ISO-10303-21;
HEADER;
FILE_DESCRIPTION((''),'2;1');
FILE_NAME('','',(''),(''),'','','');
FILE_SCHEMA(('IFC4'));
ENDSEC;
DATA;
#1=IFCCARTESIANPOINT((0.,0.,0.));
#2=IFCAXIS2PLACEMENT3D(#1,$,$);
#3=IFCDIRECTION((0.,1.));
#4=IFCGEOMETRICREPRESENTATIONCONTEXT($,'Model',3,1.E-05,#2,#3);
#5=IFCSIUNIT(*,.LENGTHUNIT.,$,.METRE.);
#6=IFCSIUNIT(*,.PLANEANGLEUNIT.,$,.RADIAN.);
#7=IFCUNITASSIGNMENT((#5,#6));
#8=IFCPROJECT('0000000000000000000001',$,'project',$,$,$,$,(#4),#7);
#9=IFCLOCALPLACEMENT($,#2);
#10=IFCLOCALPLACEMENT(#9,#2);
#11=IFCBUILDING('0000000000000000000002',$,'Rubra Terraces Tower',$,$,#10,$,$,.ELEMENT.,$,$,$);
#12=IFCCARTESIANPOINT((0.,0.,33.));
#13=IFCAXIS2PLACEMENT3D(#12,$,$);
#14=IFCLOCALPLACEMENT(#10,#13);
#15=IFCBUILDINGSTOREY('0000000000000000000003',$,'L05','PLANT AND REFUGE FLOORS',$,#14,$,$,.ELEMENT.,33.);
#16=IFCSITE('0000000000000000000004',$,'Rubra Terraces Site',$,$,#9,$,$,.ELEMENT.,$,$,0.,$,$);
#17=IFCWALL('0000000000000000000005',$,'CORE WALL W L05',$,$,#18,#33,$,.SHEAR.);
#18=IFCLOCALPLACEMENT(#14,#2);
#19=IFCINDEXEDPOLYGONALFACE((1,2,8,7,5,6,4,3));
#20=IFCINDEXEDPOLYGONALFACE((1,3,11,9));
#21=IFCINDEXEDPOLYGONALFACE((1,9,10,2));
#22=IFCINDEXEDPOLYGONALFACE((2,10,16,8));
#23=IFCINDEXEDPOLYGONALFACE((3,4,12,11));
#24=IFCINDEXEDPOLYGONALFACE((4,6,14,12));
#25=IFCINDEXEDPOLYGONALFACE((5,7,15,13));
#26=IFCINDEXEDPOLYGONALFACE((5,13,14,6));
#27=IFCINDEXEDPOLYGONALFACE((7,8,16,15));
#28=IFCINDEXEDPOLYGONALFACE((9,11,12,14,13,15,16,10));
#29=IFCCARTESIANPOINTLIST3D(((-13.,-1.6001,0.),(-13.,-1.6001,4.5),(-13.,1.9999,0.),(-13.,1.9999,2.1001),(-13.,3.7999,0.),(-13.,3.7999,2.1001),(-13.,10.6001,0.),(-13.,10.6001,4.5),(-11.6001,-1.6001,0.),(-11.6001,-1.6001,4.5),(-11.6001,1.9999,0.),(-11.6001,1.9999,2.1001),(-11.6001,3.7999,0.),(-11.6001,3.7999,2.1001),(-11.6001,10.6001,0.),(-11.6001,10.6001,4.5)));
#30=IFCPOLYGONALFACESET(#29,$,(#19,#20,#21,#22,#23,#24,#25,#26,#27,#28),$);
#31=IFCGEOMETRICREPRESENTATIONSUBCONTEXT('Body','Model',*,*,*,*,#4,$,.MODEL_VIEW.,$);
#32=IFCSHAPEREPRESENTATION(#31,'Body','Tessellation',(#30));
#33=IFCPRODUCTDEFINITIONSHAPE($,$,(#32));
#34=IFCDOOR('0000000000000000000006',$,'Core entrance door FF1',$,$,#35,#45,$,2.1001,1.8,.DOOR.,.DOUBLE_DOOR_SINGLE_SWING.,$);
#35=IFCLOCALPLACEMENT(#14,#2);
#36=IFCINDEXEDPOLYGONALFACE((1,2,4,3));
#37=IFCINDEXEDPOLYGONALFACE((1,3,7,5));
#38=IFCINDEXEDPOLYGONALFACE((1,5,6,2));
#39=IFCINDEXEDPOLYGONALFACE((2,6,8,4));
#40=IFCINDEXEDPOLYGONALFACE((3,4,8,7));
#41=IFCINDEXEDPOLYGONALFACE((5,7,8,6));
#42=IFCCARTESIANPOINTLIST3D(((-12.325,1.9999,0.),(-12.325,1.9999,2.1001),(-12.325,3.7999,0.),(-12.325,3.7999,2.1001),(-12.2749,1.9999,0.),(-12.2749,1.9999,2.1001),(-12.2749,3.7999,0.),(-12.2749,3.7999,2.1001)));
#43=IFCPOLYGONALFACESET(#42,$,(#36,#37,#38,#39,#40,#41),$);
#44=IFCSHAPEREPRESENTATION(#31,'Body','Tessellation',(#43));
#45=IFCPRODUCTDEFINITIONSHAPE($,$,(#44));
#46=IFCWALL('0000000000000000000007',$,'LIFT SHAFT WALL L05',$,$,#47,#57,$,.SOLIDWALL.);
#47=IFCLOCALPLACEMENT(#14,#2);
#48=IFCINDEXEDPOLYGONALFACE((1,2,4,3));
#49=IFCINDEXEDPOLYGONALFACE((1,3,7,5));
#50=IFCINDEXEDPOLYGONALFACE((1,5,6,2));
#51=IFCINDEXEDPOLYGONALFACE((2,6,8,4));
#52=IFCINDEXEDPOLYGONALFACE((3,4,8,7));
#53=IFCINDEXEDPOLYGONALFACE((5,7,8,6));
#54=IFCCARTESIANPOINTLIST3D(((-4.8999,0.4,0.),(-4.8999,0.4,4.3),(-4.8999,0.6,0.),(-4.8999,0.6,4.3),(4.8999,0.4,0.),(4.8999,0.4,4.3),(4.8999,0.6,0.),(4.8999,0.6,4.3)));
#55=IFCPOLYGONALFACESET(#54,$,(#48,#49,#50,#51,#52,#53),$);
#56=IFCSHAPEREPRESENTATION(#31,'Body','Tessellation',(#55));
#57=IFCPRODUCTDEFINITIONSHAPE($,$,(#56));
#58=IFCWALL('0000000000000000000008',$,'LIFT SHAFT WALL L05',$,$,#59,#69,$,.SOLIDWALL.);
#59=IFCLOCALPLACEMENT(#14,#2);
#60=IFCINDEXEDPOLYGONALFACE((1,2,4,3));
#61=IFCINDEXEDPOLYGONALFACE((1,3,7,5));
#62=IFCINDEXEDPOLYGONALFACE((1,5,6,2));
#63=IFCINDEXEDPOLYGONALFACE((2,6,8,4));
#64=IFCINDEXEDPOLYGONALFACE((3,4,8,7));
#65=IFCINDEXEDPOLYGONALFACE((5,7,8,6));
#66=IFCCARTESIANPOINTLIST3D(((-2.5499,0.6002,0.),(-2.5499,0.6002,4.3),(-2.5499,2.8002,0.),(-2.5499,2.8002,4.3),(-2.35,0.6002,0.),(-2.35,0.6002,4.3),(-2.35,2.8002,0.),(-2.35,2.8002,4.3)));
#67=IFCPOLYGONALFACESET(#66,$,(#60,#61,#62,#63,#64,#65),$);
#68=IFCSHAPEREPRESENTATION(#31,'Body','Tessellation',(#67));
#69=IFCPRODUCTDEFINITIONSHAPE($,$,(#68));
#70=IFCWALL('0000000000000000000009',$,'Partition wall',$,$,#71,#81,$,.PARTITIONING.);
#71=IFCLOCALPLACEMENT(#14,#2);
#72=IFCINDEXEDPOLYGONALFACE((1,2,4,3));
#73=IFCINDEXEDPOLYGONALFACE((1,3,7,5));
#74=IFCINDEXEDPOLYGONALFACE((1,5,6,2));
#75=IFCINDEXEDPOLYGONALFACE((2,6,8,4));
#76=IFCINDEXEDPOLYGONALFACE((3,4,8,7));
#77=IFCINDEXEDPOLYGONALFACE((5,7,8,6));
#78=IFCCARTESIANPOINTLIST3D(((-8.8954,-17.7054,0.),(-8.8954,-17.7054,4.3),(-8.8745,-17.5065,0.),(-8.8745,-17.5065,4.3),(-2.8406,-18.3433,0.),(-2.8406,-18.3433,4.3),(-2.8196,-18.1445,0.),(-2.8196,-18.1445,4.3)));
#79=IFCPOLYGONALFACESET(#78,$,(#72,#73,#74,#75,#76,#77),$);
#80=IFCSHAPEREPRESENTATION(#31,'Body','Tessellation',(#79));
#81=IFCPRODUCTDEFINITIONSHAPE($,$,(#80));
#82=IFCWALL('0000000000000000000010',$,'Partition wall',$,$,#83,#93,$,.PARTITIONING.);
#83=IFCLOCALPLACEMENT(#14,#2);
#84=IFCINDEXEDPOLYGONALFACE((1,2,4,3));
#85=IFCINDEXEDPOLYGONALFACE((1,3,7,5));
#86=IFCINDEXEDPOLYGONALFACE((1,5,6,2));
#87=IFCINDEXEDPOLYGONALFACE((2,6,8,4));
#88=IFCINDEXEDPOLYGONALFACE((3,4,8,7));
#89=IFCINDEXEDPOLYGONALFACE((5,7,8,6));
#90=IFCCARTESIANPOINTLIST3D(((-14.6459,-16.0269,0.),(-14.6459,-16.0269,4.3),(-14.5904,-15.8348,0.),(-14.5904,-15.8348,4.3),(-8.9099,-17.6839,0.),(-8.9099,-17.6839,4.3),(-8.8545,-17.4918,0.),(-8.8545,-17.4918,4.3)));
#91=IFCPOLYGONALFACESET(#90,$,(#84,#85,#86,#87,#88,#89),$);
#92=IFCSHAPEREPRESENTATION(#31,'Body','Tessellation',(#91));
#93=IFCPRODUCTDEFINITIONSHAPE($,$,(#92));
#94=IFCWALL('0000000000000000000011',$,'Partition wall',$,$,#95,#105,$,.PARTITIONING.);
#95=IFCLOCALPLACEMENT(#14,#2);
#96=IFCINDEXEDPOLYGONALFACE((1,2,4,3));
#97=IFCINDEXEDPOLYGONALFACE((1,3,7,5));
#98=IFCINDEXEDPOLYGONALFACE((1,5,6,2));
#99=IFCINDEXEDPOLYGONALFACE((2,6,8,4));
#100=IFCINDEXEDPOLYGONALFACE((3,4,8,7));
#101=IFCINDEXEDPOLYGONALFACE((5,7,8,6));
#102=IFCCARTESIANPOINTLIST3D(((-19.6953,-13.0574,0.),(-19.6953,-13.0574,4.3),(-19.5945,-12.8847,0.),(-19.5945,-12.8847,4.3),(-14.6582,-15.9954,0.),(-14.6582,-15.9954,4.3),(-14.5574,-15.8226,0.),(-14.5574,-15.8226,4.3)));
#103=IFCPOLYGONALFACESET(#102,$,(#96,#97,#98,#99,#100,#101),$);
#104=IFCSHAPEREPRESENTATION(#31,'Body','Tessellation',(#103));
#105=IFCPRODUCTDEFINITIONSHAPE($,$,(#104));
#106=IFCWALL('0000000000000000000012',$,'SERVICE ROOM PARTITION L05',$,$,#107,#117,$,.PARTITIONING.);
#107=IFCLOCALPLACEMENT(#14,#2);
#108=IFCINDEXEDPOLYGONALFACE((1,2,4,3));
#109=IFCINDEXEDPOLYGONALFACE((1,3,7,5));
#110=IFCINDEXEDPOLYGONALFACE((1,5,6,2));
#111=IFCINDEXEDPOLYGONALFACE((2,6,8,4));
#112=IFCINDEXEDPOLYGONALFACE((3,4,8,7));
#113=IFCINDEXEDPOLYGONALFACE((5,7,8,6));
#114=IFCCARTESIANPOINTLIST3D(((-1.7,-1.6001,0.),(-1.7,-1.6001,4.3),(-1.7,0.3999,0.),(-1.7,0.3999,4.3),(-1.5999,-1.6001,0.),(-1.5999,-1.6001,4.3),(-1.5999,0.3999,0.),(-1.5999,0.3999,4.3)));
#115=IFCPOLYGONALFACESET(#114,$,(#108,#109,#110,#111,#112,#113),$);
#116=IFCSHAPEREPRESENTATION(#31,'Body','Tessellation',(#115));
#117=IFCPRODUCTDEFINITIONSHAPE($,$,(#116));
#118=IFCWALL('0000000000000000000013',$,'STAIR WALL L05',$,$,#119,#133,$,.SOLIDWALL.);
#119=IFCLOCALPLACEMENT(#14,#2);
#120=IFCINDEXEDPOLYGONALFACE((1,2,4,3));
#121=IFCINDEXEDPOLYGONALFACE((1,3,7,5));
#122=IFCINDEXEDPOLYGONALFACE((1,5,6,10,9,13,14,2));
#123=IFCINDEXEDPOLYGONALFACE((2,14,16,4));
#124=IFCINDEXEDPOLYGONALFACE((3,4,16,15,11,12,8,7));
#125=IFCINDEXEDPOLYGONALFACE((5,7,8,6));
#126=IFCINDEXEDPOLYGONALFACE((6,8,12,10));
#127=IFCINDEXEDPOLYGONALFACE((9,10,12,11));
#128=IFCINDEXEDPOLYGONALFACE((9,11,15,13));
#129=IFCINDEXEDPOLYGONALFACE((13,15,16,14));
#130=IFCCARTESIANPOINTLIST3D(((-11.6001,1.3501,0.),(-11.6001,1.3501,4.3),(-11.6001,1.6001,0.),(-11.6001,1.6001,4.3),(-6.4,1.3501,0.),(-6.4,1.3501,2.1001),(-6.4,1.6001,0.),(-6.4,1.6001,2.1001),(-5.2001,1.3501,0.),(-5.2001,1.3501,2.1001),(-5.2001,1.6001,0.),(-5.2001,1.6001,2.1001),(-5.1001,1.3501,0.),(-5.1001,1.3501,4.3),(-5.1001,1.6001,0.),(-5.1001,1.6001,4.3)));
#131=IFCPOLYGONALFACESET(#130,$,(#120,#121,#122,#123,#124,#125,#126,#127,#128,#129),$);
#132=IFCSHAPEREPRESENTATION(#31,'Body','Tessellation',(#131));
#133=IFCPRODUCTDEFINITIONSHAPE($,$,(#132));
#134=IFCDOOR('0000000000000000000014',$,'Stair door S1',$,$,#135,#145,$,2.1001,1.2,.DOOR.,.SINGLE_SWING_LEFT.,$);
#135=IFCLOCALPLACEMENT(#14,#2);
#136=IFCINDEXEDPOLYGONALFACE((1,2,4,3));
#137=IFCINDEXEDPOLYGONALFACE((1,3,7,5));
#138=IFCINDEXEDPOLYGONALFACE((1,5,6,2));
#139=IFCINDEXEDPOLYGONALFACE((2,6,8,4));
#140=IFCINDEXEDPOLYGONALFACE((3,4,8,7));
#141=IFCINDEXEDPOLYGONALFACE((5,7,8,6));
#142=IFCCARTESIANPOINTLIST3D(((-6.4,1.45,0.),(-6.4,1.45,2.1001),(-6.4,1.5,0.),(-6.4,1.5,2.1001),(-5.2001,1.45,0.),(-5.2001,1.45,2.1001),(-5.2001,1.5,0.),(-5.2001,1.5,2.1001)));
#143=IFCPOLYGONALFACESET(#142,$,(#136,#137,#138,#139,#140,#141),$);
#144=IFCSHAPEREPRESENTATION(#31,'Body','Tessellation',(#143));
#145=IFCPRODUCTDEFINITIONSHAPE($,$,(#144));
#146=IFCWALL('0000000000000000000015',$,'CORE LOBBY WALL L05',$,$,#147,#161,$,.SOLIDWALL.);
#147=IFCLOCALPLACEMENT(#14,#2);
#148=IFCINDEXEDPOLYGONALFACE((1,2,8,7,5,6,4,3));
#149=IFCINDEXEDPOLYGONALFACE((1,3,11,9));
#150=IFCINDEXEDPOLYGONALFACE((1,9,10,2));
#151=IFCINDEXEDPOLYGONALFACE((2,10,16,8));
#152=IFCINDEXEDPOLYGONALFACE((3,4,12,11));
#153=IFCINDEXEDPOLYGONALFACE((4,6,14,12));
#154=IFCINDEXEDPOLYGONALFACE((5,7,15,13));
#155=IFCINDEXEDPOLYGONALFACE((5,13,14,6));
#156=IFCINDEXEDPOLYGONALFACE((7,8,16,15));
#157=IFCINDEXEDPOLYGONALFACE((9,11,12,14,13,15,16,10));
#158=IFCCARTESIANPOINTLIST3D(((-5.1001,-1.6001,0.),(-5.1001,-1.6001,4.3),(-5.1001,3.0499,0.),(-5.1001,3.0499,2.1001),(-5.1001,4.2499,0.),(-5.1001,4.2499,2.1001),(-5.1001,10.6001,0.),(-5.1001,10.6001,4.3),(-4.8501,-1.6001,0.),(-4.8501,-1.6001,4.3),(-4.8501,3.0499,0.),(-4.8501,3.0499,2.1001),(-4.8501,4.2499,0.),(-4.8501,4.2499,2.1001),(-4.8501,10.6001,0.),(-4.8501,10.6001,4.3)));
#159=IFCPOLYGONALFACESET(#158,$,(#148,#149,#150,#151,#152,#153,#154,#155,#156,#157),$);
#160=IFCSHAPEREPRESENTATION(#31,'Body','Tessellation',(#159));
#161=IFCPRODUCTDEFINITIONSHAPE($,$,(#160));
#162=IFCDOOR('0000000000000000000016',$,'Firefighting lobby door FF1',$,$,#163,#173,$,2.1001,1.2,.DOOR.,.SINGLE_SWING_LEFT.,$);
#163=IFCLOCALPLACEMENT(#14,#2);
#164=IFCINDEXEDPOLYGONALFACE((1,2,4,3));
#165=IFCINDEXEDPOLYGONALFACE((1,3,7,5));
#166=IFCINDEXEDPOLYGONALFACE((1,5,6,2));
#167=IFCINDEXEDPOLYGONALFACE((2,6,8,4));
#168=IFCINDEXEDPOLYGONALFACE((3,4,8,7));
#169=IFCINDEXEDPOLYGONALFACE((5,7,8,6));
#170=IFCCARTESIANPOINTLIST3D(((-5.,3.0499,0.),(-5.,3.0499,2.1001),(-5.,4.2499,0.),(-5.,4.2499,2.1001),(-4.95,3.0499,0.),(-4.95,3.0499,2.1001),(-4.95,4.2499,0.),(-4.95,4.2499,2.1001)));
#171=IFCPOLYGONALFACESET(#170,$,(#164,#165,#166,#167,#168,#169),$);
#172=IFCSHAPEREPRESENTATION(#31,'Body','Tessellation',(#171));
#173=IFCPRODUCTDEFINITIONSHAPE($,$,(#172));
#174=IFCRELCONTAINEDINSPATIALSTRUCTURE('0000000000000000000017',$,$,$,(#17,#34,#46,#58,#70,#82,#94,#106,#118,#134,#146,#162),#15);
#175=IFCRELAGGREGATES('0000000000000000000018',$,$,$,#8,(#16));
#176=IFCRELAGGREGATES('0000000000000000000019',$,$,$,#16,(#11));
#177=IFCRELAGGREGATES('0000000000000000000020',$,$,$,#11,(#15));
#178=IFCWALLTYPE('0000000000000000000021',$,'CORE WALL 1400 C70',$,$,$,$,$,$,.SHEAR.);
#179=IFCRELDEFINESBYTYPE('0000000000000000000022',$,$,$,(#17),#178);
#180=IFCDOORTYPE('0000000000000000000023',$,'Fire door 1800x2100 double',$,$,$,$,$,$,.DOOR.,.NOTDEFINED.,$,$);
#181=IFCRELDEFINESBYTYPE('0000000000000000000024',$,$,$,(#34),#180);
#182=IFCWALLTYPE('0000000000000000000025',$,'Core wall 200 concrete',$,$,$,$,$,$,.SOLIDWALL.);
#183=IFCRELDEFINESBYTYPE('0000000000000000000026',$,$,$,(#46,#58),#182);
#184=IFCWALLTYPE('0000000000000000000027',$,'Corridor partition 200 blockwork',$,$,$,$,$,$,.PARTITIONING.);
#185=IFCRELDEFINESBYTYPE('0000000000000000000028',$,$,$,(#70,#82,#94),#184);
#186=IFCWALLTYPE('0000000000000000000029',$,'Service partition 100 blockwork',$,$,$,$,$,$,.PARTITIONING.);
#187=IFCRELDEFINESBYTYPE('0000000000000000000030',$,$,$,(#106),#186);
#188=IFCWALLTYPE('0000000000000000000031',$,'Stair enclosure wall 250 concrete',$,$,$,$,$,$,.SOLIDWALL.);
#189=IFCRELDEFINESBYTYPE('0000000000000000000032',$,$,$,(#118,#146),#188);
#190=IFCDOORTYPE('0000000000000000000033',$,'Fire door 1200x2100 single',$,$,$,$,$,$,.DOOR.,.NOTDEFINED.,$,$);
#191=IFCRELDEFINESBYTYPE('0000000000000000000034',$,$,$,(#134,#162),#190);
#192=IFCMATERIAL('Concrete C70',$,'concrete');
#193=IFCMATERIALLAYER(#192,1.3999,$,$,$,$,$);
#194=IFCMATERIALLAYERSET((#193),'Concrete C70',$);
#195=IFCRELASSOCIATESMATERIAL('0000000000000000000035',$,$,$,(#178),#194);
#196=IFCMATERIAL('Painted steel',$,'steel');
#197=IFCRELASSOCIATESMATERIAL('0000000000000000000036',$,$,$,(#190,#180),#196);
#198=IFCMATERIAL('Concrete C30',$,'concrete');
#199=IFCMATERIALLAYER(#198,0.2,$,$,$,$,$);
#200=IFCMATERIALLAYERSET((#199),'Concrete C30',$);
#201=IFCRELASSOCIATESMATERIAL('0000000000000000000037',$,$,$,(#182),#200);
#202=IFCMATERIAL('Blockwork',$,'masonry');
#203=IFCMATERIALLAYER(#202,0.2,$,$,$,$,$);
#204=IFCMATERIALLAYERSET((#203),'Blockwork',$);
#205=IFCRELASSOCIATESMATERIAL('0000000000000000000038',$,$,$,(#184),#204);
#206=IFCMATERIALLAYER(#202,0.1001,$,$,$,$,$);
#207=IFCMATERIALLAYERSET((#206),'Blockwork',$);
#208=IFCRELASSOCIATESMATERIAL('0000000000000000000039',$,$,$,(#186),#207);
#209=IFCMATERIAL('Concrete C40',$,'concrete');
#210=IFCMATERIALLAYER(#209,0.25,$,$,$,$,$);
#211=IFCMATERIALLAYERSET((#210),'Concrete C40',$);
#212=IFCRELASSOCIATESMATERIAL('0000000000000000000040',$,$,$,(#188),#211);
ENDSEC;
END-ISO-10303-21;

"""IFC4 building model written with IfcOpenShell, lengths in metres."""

from ifc_helpers import new_model, si_unit, direction, frame, frame_2d, origin, place, context, subcontext, project, spatial, rectangle, extrude, material, layer, layer_set, type_object, element, fill, save


model = new_model("IFC4")

# Units and contexts
model_context = context("Model", 3, precision=1e-05, world=origin(), true_north=direction((0.0, 1.0)))
body_context = subcontext(model_context, "Body", "Model", "MODEL_VIEW")
ifc_project = project(units=[si_unit("LENGTHUNIT", "METRE"), si_unit("PLANEANGLEUNIT", "RADIAN")], contexts=[model_context])

# Site, building, storey
site_placement = place(None, origin())
site = spatial("IfcSite", under=ifc_project, at=site_placement, Name="Rubra Terraces Site", CompositionType="ELEMENT", RefElevation=0.0)
building_placement = place(site_placement, origin())
building = spatial("IfcBuilding", under=site, at=building_placement, Name="Rubra Terraces Tower", CompositionType="ELEMENT")
storey_placement = place(building_placement, frame((0.0, 0.0, 33.0)))
storey = spatial("IfcBuildingStorey", under=building, at=storey_placement, Name="L05", Description="PLANT AND REFUGE FLOORS", CompositionType="ELEMENT", Elevation=33.0)

# Shared definitions
ifc_material_1 = material(Name="Concrete C70", Category="concrete")
ifc_layer_1 = layer(ifc_material_1, 1.3999)
ifc_layer_set_1 = layer_set([ifc_layer_1], Name="Concrete C70")
wall_type_1 = type_object("IfcWallType", Name="CORE WALL 1400 C70", PredefinedType="SHEAR", material=ifc_layer_set_1)
ifc_material_2 = material(Name="Painted steel", Category="steel")
door_type_1 = type_object("IfcDoorType", Name="Fire door 1200x2100 single", OperationType="NOTDEFINED", PredefinedType="DOOR", material=ifc_material_2)

# Wall, opening, door
wall_1_placement = place(storey_placement, frame((-12.3, -1.6001, 0.0), z_axis=(0.0, 0.0, 1.0), x_axis=(0.0, 1.0, 0.0)))
wall_1 = element("IfcWall", 1, at=wall_1_placement, inside=storey, type_object=wall_type_1, Name="CORE WALL W L05", PredefinedType="SHEAR", context=body_context, shape_type="SweptSolid", body=[
    extrude(rectangle(XDim=12.2002, YDim=1.3999, at=frame_2d((6.1001, 0.0))), origin(), (0.0, 0.0, 1.0), 4.5),
])
opening_1_placement = place(wall_1_placement, frame((3.6001, 0.0, 0.0)))
opening_1 = element("IfcOpeningElement", 2, at=opening_1_placement, cuts=wall_1, PredefinedType="OPENING", context=body_context, shape_type="SweptSolid", body=[
    extrude(rectangle(XDim=1.8, YDim=2.1001, at=frame_2d((0.8999, 1.05))), frame((0.0, 0.71, 0.0), z_axis=(0.0, -1.0, 0.0), x_axis=(1.0, 0.0, 0.0)), (0.0, 0.0, 1.0), 1.4199),
])
door_type_2 = type_object("IfcDoorType", Name="Fire door 1800x2100 double", OperationType="NOTDEFINED", PredefinedType="DOOR", material=ifc_material_2)
door_1_placement = place(opening_1_placement, origin())
door_1 = element("IfcDoor", 3, at=door_1_placement, inside=storey, type_object=door_type_2, Name="Core entrance door FF1", OperationType="DOUBLE_DOOR_SINGLE_SWING", OverallHeight=2.1001, OverallWidth=1.8, PredefinedType="DOOR", context=body_context, shape_type="SweptSolid", body=[
    extrude(rectangle(XDim=1.8, YDim=2.1001, at=frame_2d((0.8999, 1.05))), frame((0.0, 0.0249, 0.0), z_axis=(0.0, -1.0, 0.0), x_axis=(1.0, 0.0, 0.0)), (0.0, 0.0, 1.0), 0.05),
])
fill(opening_1, door_1)

# Walls
ifc_material_3 = material(Name="Concrete C30", Category="concrete")
ifc_layer_2 = layer(ifc_material_3, 0.2)
ifc_layer_set_2 = layer_set([ifc_layer_2], Name="Concrete C30")
wall_type_2 = type_object("IfcWallType", Name="Core wall 200 concrete", PredefinedType="SOLIDWALL", material=ifc_layer_set_2)
wall_2_placement = place(storey_placement, frame((-4.8999, 0.5, 0.0), z_axis=(0.0, 0.0, 1.0), x_axis=(1.0, 0.0, 0.0)))
element("IfcWall", 4, at=wall_2_placement, inside=storey, type_object=wall_type_2, Name="LIFT SHAFT WALL L05", PredefinedType="SOLIDWALL", context=body_context, shape_type="SweptSolid", body=[
    extrude(rectangle(XDim=9.7998, YDim=0.2, at=frame_2d((4.8999, 0.0))), origin(), (0.0, 0.0, 1.0), 4.3),
])
wall_3_placement = place(storey_placement, frame((-2.45, 0.6001, 0.0), z_axis=(0.0, 0.0, 1.0), x_axis=(0.0, 1.0, 0.0)))
element("IfcWall", 5, at=wall_3_placement, inside=storey, type_object=wall_type_2, Name="LIFT SHAFT WALL L05", PredefinedType="SOLIDWALL", context=body_context, shape_type="SweptSolid", body=[
    extrude(rectangle(XDim=2.2, YDim=0.2, at=frame_2d((1.1001, 0.0))), origin(), (0.0, 0.0, 1.0), 4.3),
])
ifc_material_4 = material(Name="Blockwork", Category="masonry")
ifc_layer_3 = layer(ifc_material_4, 0.2)
ifc_layer_set_3 = layer_set([ifc_layer_3], Name="Blockwork")
wall_type_3 = type_object("IfcWallType", Name="Corridor partition 200 blockwork", PredefinedType="PARTITIONING", material=ifc_layer_set_3)
wall_4_placement = place(storey_placement, frame((-2.8301, -18.2439, 0.0), z_axis=(0.0, 0.0, 1.0), x_axis=(-0.994496, 0.104779, 0.0)))
element("IfcWall", 6, at=wall_4_placement, inside=storey, type_object=wall_type_3, Name="Partition wall", PredefinedType="PARTITIONING", context=body_context, shape_type="SweptSolid", body=[
    extrude(rectangle(XDim=6.0884, YDim=0.2, at=frame_2d((3.0442, 0.0))), origin(), (0.0, 0.0, 1.0), 4.3),
])
wall_5_placement = place(storey_placement, frame((-8.8821, -17.5879, 0.0), z_axis=(0.0, 0.0, 1.0), x_axis=(-0.960716, 0.277534, 0.0)))
element("IfcWall", 7, at=wall_5_placement, inside=storey, type_object=wall_type_3, Name="Partition wall", PredefinedType="PARTITIONING", context=body_context, shape_type="SweptSolid", body=[
    extrude(rectangle(XDim=5.9705, YDim=0.2, at=frame_2d((2.9854, 0.0))), origin(), (0.0, 0.0, 1.0), 4.3),
])
wall_6_placement = place(storey_placement, frame((-14.6079, -15.9089, 0.0), z_axis=(0.0, 0.0, 1.0), x_axis=(-0.863803, 0.503829, 0.0)))
element("IfcWall", 8, at=wall_6_placement, inside=storey, type_object=wall_type_3, Name="Partition wall", PredefinedType="PARTITIONING", context=body_context, shape_type="SweptSolid", body=[
    extrude(rectangle(XDim=5.8313, YDim=0.2, at=frame_2d((2.9155, 0.0))), origin(), (0.0, 0.0, 1.0), 4.3),
])
ifc_layer_4 = layer(ifc_material_4, 0.1001)
ifc_layer_set_4 = layer_set([ifc_layer_4], Name="Blockwork")
wall_type_4 = type_object("IfcWallType", Name="Service partition 100 blockwork", PredefinedType="PARTITIONING", material=ifc_layer_set_4)
wall_7_placement = place(storey_placement, frame((-1.6499, -1.6001, 0.0), z_axis=(0.0, 0.0, 1.0), x_axis=(0.0, 1.0, 0.0)))
element("IfcWall", 9, at=wall_7_placement, inside=storey, type_object=wall_type_4, Name="SERVICE ROOM PARTITION L05", PredefinedType="PARTITIONING", context=body_context, shape_type="SweptSolid", body=[
    extrude(rectangle(XDim=2.0, YDim=0.1001, at=frame_2d((1.0, 0.0))), origin(), (0.0, 0.0, 1.0), 4.3),
])

# Walls, openings, doors
ifc_material_5 = material(Name="Concrete C40", Category="concrete")
ifc_layer_5 = layer(ifc_material_5, 0.25)
ifc_layer_set_5 = layer_set([ifc_layer_5], Name="Concrete C40")
wall_type_5 = type_object("IfcWallType", Name="Stair enclosure wall 250 concrete", PredefinedType="SOLIDWALL", material=ifc_layer_set_5)
wall_8_placement = place(storey_placement, frame((-11.6001, 1.4751, 0.0), z_axis=(0.0, 0.0, 1.0), x_axis=(1.0, 0.0, 0.0)))
wall_8 = element("IfcWall", 10, at=wall_8_placement, inside=storey, type_object=wall_type_5, Name="STAIR WALL L05", PredefinedType="SOLIDWALL", context=body_context, shape_type="SweptSolid", body=[
    extrude(rectangle(XDim=6.5, YDim=0.25, at=frame_2d((3.25, 0.0))), origin(), (0.0, 0.0, 1.0), 4.3),
])
opening_2_placement = place(wall_8_placement, frame((5.2, 0.0, 0.0)))
opening_2 = element("IfcOpeningElement", 11, at=opening_2_placement, cuts=wall_8, PredefinedType="OPENING", context=body_context, shape_type="SweptSolid", body=[
    extrude(rectangle(XDim=1.2, YDim=2.1001, at=frame_2d((0.6001, 1.05))), frame((0.0, 0.135, 0.0), z_axis=(0.0, -1.0, 0.0), x_axis=(1.0, 0.0, 0.0)), (0.0, 0.0, 1.0), 0.27),
])
door_2_placement = place(opening_2_placement, origin())
door_2 = element("IfcDoor", 12, at=door_2_placement, inside=storey, type_object=door_type_1, Name="Stair door S1", OperationType="SINGLE_SWING_LEFT", OverallHeight=2.1001, OverallWidth=1.2, PredefinedType="DOOR", context=body_context, shape_type="SweptSolid", body=[
    extrude(rectangle(XDim=1.2, YDim=2.1001, at=frame_2d((0.6001, 1.05))), frame((0.0, 0.0249, 0.0), z_axis=(0.0, -1.0, 0.0), x_axis=(1.0, 0.0, 0.0)), (0.0, 0.0, 1.0), 0.05),
])
fill(opening_2, door_2)
wall_9_placement = place(storey_placement, frame((-4.9751, -1.6001, 0.0), z_axis=(0.0, 0.0, 1.0), x_axis=(0.0, 1.0, 0.0)))
wall_9 = element("IfcWall", 13, at=wall_9_placement, inside=storey, type_object=wall_type_5, Name="CORE LOBBY WALL L05", PredefinedType="SOLIDWALL", context=body_context, shape_type="SweptSolid", body=[
    extrude(rectangle(XDim=12.2002, YDim=0.25, at=frame_2d((6.1001, 0.0))), origin(), (0.0, 0.0, 1.0), 4.3),
])
opening_3_placement = place(wall_9_placement, frame((4.6499, 0.0, 0.0)))
opening_3 = element("IfcOpeningElement", 14, at=opening_3_placement, cuts=wall_9, PredefinedType="OPENING", context=body_context, shape_type="SweptSolid", body=[
    extrude(rectangle(XDim=1.2, YDim=2.1001, at=frame_2d((0.6001, 1.05))), frame((0.0, 0.135, 0.0), z_axis=(0.0, -1.0, 0.0), x_axis=(1.0, 0.0, 0.0)), (0.0, 0.0, 1.0), 0.27),
])
door_3_placement = place(opening_3_placement, origin())
door_3 = element("IfcDoor", 15, at=door_3_placement, inside=storey, type_object=door_type_1, Name="Firefighting lobby door FF1", OperationType="SINGLE_SWING_LEFT", OverallHeight=2.1001, OverallWidth=1.2, PredefinedType="DOOR", context=body_context, shape_type="SweptSolid", body=[
    extrude(rectangle(XDim=1.2, YDim=2.1001, at=frame_2d((0.6001, 1.05))), frame((0.0, 0.0249, 0.0), z_axis=(0.0, -1.0, 0.0), x_axis=(1.0, 0.0, 0.0)), (0.0, 0.0, 1.0), 0.05),
])
fill(opening_3, door_3)

save(model, "model.ifc")
